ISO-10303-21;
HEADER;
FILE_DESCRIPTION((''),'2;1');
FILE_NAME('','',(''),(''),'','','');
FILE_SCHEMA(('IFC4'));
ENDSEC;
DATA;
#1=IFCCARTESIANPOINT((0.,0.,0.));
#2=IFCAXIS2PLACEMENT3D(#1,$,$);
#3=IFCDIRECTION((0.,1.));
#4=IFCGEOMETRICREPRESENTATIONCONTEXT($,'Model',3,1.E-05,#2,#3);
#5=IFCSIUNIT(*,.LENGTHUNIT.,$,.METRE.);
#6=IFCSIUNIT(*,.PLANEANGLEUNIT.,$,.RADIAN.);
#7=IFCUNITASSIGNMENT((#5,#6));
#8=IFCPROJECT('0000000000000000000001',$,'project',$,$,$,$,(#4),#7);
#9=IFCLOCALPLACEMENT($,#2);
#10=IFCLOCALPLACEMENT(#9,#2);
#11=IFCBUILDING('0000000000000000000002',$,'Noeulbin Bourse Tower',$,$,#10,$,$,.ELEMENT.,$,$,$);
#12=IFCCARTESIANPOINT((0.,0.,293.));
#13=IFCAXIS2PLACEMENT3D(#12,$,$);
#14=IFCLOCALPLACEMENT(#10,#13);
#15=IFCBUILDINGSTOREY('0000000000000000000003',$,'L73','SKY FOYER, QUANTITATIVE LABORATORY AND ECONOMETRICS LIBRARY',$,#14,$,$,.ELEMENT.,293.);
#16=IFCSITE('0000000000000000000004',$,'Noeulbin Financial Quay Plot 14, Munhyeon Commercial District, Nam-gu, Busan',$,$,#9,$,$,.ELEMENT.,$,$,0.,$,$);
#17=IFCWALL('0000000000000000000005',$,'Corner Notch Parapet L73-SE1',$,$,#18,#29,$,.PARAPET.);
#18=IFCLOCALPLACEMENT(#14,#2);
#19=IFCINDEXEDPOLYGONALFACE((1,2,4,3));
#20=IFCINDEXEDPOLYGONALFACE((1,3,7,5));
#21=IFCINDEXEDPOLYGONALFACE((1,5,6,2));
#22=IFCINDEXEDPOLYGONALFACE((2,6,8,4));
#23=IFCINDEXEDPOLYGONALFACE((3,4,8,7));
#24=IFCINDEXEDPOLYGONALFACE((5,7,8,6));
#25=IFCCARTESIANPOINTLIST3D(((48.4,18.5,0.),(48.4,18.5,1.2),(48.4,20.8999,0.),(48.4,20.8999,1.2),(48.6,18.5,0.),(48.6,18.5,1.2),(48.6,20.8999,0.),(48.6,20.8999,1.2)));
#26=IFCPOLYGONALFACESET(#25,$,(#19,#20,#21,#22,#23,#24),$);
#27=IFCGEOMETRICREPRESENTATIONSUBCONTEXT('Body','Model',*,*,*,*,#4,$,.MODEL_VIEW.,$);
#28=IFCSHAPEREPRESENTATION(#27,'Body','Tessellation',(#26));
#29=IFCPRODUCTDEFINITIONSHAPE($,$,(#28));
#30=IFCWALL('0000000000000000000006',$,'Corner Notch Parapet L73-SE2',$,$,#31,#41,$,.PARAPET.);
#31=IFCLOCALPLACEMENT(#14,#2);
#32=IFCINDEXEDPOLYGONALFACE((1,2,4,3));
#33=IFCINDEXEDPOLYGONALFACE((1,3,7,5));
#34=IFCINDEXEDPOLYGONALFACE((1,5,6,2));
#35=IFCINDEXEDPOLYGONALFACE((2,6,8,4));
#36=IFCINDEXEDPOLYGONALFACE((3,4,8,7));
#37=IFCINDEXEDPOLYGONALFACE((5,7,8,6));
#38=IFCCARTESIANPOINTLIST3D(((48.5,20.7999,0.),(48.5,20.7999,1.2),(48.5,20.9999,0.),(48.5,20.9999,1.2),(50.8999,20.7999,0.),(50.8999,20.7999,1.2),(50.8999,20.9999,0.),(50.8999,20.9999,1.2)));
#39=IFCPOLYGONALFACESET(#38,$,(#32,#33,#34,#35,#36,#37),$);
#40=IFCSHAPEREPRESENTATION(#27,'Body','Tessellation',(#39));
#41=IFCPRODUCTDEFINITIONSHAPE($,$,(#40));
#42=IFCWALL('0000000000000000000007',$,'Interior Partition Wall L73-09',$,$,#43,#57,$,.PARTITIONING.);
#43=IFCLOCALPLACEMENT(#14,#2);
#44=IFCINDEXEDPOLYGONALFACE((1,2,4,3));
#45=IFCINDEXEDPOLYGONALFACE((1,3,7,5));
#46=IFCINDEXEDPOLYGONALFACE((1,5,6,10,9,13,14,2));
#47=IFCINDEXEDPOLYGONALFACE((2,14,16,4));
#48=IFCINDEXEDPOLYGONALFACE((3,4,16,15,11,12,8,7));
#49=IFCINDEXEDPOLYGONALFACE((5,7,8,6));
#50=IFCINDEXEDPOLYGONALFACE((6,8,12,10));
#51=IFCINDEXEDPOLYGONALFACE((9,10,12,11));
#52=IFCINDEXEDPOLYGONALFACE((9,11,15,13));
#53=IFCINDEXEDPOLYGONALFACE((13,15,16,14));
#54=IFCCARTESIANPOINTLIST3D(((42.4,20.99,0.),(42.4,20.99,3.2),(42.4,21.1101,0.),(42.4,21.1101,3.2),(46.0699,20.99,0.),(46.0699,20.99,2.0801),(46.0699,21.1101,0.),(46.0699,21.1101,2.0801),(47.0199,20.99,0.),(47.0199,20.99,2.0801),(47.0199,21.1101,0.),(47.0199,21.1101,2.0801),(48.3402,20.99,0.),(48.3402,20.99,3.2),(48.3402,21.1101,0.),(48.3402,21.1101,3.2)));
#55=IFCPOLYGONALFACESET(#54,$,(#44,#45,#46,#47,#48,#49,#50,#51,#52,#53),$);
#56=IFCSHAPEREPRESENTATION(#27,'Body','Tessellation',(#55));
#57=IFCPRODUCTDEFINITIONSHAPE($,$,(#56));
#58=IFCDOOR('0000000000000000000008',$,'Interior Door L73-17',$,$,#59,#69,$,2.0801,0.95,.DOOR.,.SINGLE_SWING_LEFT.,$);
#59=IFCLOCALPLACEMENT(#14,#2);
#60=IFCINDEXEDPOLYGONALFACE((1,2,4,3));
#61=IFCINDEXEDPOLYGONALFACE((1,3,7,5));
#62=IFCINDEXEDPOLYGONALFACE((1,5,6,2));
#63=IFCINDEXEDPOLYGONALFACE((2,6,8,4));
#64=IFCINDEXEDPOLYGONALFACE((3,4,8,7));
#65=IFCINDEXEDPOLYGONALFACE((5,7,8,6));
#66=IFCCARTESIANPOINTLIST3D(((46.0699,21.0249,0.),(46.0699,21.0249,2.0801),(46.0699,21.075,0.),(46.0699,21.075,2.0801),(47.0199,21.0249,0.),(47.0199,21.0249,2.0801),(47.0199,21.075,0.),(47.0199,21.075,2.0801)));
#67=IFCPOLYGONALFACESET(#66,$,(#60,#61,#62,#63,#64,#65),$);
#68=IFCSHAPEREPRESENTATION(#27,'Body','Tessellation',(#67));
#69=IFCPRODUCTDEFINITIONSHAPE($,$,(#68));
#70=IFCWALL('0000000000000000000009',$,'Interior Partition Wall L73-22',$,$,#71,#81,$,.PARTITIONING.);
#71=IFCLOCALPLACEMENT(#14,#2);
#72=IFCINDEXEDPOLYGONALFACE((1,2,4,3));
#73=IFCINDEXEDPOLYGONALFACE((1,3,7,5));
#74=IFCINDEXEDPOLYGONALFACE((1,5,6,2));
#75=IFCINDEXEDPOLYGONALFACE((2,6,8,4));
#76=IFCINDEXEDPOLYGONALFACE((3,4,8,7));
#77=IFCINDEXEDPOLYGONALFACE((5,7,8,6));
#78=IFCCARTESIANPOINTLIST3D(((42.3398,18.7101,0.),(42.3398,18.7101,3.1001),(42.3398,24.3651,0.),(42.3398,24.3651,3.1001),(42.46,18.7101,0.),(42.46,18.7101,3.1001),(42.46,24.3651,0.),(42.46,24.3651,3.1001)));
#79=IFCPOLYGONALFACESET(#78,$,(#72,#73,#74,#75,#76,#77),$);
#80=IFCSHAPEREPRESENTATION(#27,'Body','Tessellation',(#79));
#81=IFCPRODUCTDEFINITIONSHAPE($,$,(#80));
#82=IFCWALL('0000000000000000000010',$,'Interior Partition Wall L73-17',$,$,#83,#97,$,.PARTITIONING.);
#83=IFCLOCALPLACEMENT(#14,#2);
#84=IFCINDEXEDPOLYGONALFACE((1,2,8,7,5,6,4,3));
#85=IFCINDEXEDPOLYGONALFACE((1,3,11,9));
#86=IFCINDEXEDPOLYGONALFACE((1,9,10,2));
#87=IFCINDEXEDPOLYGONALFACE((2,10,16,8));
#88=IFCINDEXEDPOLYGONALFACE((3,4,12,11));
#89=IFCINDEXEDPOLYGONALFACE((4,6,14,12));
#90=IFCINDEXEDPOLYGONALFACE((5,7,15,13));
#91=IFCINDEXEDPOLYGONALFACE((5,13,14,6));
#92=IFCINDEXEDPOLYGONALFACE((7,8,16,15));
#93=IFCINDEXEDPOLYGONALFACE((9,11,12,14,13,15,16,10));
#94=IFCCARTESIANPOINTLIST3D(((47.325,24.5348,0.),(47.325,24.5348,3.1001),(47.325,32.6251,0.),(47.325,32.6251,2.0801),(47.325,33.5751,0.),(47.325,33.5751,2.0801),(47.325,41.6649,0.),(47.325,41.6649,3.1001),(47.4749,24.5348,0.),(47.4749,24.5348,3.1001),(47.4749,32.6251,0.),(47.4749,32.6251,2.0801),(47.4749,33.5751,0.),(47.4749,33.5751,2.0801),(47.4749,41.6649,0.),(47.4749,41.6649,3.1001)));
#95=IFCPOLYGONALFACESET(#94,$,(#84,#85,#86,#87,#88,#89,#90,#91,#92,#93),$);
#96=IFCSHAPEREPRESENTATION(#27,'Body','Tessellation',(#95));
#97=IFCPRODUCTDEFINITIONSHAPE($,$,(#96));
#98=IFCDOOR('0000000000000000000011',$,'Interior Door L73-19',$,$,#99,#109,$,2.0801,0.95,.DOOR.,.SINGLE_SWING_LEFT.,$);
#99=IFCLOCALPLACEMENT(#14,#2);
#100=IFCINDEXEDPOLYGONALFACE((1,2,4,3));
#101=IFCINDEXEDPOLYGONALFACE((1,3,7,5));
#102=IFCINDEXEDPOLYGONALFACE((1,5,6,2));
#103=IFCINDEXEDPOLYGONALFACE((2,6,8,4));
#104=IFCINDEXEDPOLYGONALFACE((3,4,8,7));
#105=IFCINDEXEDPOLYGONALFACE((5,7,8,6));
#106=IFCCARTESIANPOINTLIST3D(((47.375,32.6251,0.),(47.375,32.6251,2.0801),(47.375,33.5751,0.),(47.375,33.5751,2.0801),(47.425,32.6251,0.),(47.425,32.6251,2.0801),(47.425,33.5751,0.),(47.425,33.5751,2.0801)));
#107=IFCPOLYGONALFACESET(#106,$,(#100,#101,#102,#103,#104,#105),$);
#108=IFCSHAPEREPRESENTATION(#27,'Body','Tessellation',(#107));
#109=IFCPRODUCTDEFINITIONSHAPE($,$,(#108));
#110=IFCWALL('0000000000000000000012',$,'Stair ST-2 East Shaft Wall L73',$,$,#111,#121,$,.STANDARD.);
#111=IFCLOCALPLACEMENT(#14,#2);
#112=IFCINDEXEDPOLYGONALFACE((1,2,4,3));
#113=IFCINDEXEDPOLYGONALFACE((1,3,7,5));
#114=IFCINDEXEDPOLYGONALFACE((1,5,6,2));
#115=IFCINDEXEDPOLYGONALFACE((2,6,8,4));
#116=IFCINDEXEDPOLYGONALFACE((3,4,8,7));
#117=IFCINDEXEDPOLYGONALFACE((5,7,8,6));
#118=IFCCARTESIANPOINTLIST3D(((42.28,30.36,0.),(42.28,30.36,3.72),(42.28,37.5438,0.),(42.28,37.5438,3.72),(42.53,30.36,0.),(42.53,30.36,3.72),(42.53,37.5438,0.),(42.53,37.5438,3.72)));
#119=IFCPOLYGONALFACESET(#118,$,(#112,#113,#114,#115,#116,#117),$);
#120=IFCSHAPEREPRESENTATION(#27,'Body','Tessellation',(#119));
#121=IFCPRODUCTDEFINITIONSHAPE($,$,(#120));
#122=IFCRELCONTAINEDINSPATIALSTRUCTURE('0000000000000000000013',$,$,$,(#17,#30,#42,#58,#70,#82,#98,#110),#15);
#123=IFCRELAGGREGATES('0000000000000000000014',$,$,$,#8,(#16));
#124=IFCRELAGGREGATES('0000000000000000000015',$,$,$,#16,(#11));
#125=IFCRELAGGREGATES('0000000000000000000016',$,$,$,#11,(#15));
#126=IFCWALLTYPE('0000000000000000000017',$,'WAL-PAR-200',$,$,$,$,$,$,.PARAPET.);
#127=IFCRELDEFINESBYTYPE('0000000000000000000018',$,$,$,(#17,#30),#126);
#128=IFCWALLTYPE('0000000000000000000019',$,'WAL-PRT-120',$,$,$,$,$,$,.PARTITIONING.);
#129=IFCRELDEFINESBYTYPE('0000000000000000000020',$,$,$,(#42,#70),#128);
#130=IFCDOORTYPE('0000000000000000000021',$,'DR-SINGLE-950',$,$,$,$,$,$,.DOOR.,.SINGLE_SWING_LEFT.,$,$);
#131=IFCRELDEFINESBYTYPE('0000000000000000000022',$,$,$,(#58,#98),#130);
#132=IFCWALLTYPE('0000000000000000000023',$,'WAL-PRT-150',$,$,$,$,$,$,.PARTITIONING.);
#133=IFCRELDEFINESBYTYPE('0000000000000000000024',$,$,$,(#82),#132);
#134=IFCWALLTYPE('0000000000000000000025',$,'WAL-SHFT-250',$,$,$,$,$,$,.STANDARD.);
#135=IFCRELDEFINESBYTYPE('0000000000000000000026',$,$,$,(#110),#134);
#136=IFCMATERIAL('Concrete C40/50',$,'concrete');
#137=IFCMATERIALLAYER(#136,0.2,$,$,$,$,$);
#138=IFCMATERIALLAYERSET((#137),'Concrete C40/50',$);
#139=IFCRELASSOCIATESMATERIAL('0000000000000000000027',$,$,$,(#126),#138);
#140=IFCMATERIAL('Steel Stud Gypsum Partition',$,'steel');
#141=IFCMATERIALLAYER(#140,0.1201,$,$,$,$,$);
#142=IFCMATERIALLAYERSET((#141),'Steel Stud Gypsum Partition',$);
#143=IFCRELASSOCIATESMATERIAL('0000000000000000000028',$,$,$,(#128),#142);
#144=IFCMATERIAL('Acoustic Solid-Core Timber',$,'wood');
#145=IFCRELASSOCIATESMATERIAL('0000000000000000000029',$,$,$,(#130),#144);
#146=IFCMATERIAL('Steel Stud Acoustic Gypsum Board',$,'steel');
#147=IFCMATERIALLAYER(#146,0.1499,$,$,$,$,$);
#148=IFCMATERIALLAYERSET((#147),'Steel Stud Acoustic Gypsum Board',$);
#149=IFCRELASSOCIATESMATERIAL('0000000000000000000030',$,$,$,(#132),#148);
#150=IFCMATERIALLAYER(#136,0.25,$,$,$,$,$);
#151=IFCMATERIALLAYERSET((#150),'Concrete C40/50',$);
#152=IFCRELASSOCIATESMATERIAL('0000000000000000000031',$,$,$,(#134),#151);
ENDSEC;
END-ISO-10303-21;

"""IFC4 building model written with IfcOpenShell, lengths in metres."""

from ifc_helpers import new_model, si_unit, direction, frame, frame_2d, origin, place, context, subcontext, project, spatial, rectangle, extrude, material, layer, layer_set, type_object, element, fill, save


model = new_model("IFC4")

# Units and contexts
model_context = context("Model", 3, precision=1e-05, world=origin(), true_north=direction((0.0, 1.0)))
body_context = subcontext(model_context, "Body", "Model", "MODEL_VIEW")
ifc_project = project(units=[si_unit("LENGTHUNIT", "METRE"), si_unit("PLANEANGLEUNIT", "RADIAN")], contexts=[model_context])

# Site, building, storey
site_placement = place(None, origin())
site = spatial("IfcSite", under=ifc_project, at=site_placement, Name="Noeulbin Financial Quay Plot 14, Munhyeon Commercial District, Nam-gu, Busan", CompositionType="ELEMENT", RefElevation=0.0)
building_placement = place(site_placement, origin())
building = spatial("IfcBuilding", under=site, at=building_placement, Name="Noeulbin Bourse Tower", CompositionType="ELEMENT")
storey_placement = place(building_placement, frame((0.0, 0.0, 293.0)))
storey = spatial("IfcBuildingStorey", under=building, at=storey_placement, Name="L73", Description="SKY FOYER, QUANTITATIVE LABORATORY AND ECONOMETRICS LIBRARY", CompositionType="ELEMENT", Elevation=293.0)

# Walls
ifc_material_1 = material(Name="Concrete C40/50", Category="concrete")
ifc_layer_1 = layer(ifc_material_1, 0.2)
ifc_layer_set_1 = layer_set([ifc_layer_1], Name="Concrete C40/50")
wall_type_1 = type_object("IfcWallType", Name="WAL-PAR-200", PredefinedType="PARAPET", material=ifc_layer_set_1)
for number, where, z_axis, x_axis, name in (
    (1, (48.5, 18.5, 0.0), (0.0, 0.0, 1.0), (0.0, 1.0, 0.0), "Corner Notch Parapet L73-SE1"),
    (2, (48.5, 20.8999, 0.0), (0.0, 0.0, 1.0), (1.0, 0.0, 0.0), "Corner Notch Parapet L73-SE2"),
):
    element("IfcWall", number, at=place(storey_placement, frame(where, z_axis=z_axis, x_axis=x_axis)), inside=storey, type_object=wall_type_1, Name=name, PredefinedType="PARAPET", context=body_context, shape_type="SweptSolid", body=[
        extrude(rectangle(XDim=2.3999, YDim=0.2, at=frame_2d((1.2, 0.0))), origin(), (0.0, 0.0, 1.0), 1.2),
    ])

# Wall, opening, door
ifc_material_2 = material(Name="Steel Stud Gypsum Partition", Category="steel")
ifc_layer_2 = layer(ifc_material_2, 0.1201)
ifc_layer_set_2 = layer_set([ifc_layer_2], Name="Steel Stud Gypsum Partition")
wall_type_2 = type_object("IfcWallType", Name="WAL-PRT-120", PredefinedType="PARTITIONING", material=ifc_layer_set_2)
wall_1_placement = place(storey_placement, frame((42.3999, 21.05, 0.0), z_axis=(0.0, 0.0, 1.0), x_axis=(1.0, 0.0, 0.0)))
wall_1 = element("IfcWall", 3, at=wall_1_placement, inside=storey, type_object=wall_type_2, Name="Interior Partition Wall L73-09", PredefinedType="PARTITIONING", context=body_context, shape_type="SweptSolid", body=[
    extrude(rectangle(XDim=5.9402, YDim=0.1201, at=frame_2d((2.9702, 0.0))), origin(), (0.0, 0.0, 1.0), 3.2),
])
opening_1_placement = place(wall_1_placement, frame((3.6699, 0.0, 0.0)))
opening_1 = element("IfcOpeningElement", 4, at=opening_1_placement, cuts=wall_1, PredefinedType="OPENING", context=body_context, shape_type="SweptSolid", body=[
    extrude(rectangle(XDim=0.95, YDim=2.0801, at=frame_2d((0.4751, 1.04))), frame((0.0, 0.0701, 0.0), z_axis=(0.0, -1.0, 0.0), x_axis=(1.0, 0.0, 0.0)), (0.0, 0.0, 1.0), 0.1401),
])
ifc_material_3 = material(Name="Acoustic Solid-Core Timber", Category="wood")
door_type = type_object("IfcDoorType", Name="DR-SINGLE-950", OperationType="SINGLE_SWING_LEFT", PredefinedType="DOOR", material=ifc_material_3)
door_1_placement = place(opening_1_placement, origin())
door_1 = element("IfcDoor", 5, at=door_1_placement, inside=storey, type_object=door_type, Name="Interior Door L73-17", OperationType="SINGLE_SWING_LEFT", OverallHeight=2.0801, OverallWidth=0.95, PredefinedType="DOOR", context=body_context, shape_type="SweptSolid", body=[
    extrude(rectangle(XDim=0.95, YDim=2.0801, at=frame_2d((0.4751, 1.04))), frame((0.0, 0.0249, 0.0), z_axis=(0.0, -1.0, 0.0), x_axis=(1.0, 0.0, 0.0)), (0.0, 0.0, 1.0), 0.05),
])
fill(opening_1, door_1)

# Wall
wall_2_placement = place(storey_placement, frame((42.3999, 18.71, 0.0), z_axis=(0.0, 0.0, 1.0), x_axis=(0.0, 1.0, 0.0)))
element("IfcWall", 6, at=wall_2_placement, inside=storey, type_object=wall_type_2, Name="Interior Partition Wall L73-22", PredefinedType="PARTITIONING", context=body_context, shape_type="SweptSolid", body=[
    extrude(rectangle(XDim=5.655, YDim=0.1201, at=frame_2d((2.8276, 0.0))), origin(), (0.0, 0.0, 1.0), 3.1001),
])

# Wall, opening, door
ifc_material_4 = material(Name="Steel Stud Acoustic Gypsum Board", Category="steel")
ifc_layer_3 = layer(ifc_material_4, 0.1499)
ifc_layer_set_3 = layer_set([ifc_layer_3], Name="Steel Stud Acoustic Gypsum Board")
wall_type_3 = type_object("IfcWallType", Name="WAL-PRT-150", PredefinedType="PARTITIONING", material=ifc_layer_set_3)
wall_3_placement = place(storey_placement, frame((47.3999, 24.5349, 0.0), z_axis=(0.0, 0.0, 1.0), x_axis=(0.0, 1.0, 0.0)))
wall_3 = element("IfcWall", 7, at=wall_3_placement, inside=storey, type_object=wall_type_3, Name="Interior Partition Wall L73-17", PredefinedType="PARTITIONING", context=body_context, shape_type="SweptSolid", body=[
    extrude(rectangle(XDim=17.1301, YDim=0.1499, at=frame_2d((8.5649, 0.0))), origin(), (0.0, 0.0, 1.0), 3.1001),
])
opening_2_placement = place(wall_3_placement, frame((8.0901, 0.0, 0.0)))
opening_2 = element("IfcOpeningElement", 8, at=opening_2_placement, cuts=wall_3, PredefinedType="OPENING", context=body_context, shape_type="SweptSolid", body=[
    extrude(rectangle(XDim=0.95, YDim=2.0801, at=frame_2d((0.4751, 1.04))), frame((0.0, 0.085, 0.0), z_axis=(0.0, -1.0, 0.0), x_axis=(1.0, 0.0, 0.0)), (0.0, 0.0, 1.0), 0.1699),
])
door_2_placement = place(opening_2_placement, origin())
door_2 = element("IfcDoor", 9, at=door_2_placement, inside=storey, type_object=door_type, Name="Interior Door L73-19", OperationType="SINGLE_SWING_LEFT", OverallHeight=2.0801, OverallWidth=0.95, PredefinedType="DOOR", context=body_context, shape_type="SweptSolid", body=[
    extrude(rectangle(XDim=0.95, YDim=2.0801, at=frame_2d((0.4751, 1.04))), frame((0.0, 0.0249, 0.0), z_axis=(0.0, -1.0, 0.0), x_axis=(1.0, 0.0, 0.0)), (0.0, 0.0, 1.0), 0.05),
])
fill(opening_2, door_2)

# Wall
ifc_layer_4 = layer(ifc_material_1, 0.25)
ifc_layer_set_4 = layer_set([ifc_layer_4], Name="Concrete C40/50")
wall_type_4 = type_object("IfcWallType", Name="WAL-SHFT-250", PredefinedType="STANDARD", material=ifc_layer_set_4)
wall_4_placement = place(storey_placement, frame((42.405, 30.3601, 0.0), z_axis=(0.0, 0.0, 1.0), x_axis=(0.0, 1.0, 0.0)))
element("IfcWall", 10, at=wall_4_placement, inside=storey, type_object=wall_type_4, Name="Stair ST-2 East Shaft Wall L73", PredefinedType="STANDARD", context=body_context, shape_type="SweptSolid", body=[
    extrude(rectangle(XDim=7.1838, YDim=0.25, at=frame_2d((3.5918, 0.0))), origin(), (0.0, 0.0, 1.0), 3.72),
])

save(model, "model.ifc")
